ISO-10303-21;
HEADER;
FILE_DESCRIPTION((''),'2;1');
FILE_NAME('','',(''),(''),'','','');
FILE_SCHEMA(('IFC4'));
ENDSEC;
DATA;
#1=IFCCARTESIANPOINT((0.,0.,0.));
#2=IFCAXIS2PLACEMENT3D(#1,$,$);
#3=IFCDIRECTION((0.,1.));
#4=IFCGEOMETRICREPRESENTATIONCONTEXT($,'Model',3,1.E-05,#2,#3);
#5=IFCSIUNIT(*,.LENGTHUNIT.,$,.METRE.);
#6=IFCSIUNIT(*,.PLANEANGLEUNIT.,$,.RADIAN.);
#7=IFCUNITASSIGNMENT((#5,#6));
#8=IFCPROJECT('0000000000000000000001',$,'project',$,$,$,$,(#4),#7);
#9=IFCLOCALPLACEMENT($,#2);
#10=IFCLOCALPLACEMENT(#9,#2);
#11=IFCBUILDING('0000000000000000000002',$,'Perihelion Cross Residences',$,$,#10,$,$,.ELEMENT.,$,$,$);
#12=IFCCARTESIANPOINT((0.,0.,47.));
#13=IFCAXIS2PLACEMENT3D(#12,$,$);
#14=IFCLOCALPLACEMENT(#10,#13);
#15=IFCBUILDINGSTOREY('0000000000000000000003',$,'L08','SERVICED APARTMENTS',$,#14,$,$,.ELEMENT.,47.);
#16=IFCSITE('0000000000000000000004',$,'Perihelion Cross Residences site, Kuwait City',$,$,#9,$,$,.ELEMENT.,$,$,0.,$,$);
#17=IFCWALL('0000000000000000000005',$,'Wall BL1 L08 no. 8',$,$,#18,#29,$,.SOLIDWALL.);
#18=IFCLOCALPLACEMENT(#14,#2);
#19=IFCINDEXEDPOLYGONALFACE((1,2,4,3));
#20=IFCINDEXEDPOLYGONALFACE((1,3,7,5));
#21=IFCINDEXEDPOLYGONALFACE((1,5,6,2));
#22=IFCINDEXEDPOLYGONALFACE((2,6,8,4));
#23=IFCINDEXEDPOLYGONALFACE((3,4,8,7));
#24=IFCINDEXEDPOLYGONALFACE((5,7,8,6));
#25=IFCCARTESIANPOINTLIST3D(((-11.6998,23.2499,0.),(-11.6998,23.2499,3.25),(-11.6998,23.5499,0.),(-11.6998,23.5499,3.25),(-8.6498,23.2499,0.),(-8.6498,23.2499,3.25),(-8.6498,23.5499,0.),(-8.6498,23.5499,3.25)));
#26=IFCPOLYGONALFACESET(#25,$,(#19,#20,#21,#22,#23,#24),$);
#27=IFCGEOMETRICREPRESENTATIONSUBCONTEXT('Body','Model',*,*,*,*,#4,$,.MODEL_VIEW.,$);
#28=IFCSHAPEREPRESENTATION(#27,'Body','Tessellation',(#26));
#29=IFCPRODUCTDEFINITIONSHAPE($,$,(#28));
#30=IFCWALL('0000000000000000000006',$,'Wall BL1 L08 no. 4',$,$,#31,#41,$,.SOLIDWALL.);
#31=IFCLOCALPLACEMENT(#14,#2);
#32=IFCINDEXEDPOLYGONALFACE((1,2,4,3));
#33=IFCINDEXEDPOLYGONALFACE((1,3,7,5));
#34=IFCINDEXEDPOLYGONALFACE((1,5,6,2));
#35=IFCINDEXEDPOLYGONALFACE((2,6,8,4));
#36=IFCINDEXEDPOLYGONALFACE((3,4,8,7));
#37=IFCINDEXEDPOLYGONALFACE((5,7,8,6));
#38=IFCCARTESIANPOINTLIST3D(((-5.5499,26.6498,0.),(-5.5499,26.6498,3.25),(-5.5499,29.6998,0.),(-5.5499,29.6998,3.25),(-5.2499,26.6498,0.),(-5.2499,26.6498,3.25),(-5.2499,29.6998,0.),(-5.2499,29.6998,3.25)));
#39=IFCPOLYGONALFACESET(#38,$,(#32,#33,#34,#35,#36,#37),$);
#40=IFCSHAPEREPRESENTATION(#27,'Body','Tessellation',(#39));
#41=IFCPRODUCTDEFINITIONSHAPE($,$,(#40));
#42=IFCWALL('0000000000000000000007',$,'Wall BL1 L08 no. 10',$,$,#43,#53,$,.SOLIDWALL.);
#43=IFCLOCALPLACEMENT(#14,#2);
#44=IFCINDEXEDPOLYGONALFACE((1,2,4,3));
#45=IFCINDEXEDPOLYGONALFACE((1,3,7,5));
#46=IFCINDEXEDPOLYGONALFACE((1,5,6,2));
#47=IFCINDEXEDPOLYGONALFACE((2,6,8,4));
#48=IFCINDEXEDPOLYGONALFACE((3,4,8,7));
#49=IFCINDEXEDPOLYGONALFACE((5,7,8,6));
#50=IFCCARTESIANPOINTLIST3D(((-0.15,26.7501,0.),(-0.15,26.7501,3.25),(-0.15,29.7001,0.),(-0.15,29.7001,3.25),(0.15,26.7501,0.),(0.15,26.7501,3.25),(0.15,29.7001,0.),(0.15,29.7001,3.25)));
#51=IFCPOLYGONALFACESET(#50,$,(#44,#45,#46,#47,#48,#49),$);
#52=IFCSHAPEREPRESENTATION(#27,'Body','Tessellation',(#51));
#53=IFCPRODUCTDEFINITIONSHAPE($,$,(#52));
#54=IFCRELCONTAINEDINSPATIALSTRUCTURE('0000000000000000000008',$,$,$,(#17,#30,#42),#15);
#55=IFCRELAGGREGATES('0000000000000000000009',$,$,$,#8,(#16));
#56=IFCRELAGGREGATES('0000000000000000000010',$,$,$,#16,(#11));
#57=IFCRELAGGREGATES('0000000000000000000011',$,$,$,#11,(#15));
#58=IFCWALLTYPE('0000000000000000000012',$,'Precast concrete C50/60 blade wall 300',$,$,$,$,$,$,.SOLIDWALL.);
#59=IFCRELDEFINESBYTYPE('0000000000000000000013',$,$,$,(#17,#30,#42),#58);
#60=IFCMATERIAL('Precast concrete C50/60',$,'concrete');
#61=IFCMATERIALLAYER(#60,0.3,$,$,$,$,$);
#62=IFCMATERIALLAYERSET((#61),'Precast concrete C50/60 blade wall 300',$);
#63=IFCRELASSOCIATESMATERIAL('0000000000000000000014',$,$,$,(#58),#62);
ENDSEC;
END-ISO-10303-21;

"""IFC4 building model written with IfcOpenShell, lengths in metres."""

from ifc_helpers import new_model, si_unit, direction, frame, frame_2d, origin, place, context, subcontext, project, spatial, rectangle, extrude, material, layer, layer_set, type_object, element, save


model = new_model("IFC4")

# Units and contexts
model_context = context("Model", 3, precision=1e-05, world=origin(), true_north=direction((0.0, 1.0)))
body_context = subcontext(model_context, "Body", "Model", "MODEL_VIEW")
ifc_project = project(units=[si_unit("LENGTHUNIT", "METRE"), si_unit("PLANEANGLEUNIT", "RADIAN")], contexts=[model_context])

# Site, building, storey
site_placement = place(None, origin())
site = spatial("IfcSite", under=ifc_project, at=site_placement, Name="Perihelion Cross Residences site, Kuwait City", CompositionType="ELEMENT", RefElevation=0.0)
building_placement = place(site_placement, origin())
building = spatial("IfcBuilding", under=site, at=building_placement, Name="Perihelion Cross Residences", CompositionType="ELEMENT")
storey_placement = place(building_placement, frame((0.0, 0.0, 47.0)))
storey = spatial("IfcBuildingStorey", under=building, at=storey_placement, Name="L08", Description="SERVICED APARTMENTS", CompositionType="ELEMENT", Elevation=47.0)

# Walls
ifc_material_1 = material(Name="Precast concrete C50/60", Category="concrete")
ifc_layer_1 = layer(ifc_material_1, 0.3)
ifc_layer_set_1 = layer_set([ifc_layer_1], Name="Precast concrete C50/60 blade wall 300")
wall_type_1 = type_object("IfcWallType", Name="Precast concrete C50/60 blade wall 300", PredefinedType="SOLIDWALL", material=ifc_layer_set_1)
for number, where, z_axis, x_axis, name in (
    (1, (-8.6499, 23.3999, 0.0), (0.0, 0.0, 1.0), (-1.0, 0.0, 0.0), "Wall BL1 L08 no. 8"),
    (2, (-5.3999, 26.6499, 0.0), (0.0, 0.0, 1.0), (0.0, 1.0, 0.0), "Wall BL1 L08 no. 4"),
):
    element("IfcWall", number, at=place(storey_placement, frame(where, z_axis=z_axis, x_axis=x_axis)), inside=storey, type_object=wall_type_1, Name=name, PredefinedType="SOLIDWALL", context=body_context, shape_type="SweptSolid", body=[
        extrude(rectangle(XDim=3.05, YDim=0.3, at=frame_2d((1.5249, 0.0))), origin(), (0.0, 0.0, 1.0), 3.25),
    ])
wall_1_placement = place(storey_placement, frame((0.0, 26.75, 0.0), z_axis=(0.0, 0.0, 1.0), x_axis=(0.0, 1.0, 0.0)))
element("IfcWall", 3, at=wall_1_placement, inside=storey, type_object=wall_type_1, Name="Wall BL1 L08 no. 10", PredefinedType="SOLIDWALL", context=body_context, shape_type="SweptSolid", body=[
    extrude(rectangle(XDim=2.95, YDim=0.3, at=frame_2d((1.4751, 0.0))), origin(), (0.0, 0.0, 1.0), 3.25),
])

save(model, "model.ifc")
